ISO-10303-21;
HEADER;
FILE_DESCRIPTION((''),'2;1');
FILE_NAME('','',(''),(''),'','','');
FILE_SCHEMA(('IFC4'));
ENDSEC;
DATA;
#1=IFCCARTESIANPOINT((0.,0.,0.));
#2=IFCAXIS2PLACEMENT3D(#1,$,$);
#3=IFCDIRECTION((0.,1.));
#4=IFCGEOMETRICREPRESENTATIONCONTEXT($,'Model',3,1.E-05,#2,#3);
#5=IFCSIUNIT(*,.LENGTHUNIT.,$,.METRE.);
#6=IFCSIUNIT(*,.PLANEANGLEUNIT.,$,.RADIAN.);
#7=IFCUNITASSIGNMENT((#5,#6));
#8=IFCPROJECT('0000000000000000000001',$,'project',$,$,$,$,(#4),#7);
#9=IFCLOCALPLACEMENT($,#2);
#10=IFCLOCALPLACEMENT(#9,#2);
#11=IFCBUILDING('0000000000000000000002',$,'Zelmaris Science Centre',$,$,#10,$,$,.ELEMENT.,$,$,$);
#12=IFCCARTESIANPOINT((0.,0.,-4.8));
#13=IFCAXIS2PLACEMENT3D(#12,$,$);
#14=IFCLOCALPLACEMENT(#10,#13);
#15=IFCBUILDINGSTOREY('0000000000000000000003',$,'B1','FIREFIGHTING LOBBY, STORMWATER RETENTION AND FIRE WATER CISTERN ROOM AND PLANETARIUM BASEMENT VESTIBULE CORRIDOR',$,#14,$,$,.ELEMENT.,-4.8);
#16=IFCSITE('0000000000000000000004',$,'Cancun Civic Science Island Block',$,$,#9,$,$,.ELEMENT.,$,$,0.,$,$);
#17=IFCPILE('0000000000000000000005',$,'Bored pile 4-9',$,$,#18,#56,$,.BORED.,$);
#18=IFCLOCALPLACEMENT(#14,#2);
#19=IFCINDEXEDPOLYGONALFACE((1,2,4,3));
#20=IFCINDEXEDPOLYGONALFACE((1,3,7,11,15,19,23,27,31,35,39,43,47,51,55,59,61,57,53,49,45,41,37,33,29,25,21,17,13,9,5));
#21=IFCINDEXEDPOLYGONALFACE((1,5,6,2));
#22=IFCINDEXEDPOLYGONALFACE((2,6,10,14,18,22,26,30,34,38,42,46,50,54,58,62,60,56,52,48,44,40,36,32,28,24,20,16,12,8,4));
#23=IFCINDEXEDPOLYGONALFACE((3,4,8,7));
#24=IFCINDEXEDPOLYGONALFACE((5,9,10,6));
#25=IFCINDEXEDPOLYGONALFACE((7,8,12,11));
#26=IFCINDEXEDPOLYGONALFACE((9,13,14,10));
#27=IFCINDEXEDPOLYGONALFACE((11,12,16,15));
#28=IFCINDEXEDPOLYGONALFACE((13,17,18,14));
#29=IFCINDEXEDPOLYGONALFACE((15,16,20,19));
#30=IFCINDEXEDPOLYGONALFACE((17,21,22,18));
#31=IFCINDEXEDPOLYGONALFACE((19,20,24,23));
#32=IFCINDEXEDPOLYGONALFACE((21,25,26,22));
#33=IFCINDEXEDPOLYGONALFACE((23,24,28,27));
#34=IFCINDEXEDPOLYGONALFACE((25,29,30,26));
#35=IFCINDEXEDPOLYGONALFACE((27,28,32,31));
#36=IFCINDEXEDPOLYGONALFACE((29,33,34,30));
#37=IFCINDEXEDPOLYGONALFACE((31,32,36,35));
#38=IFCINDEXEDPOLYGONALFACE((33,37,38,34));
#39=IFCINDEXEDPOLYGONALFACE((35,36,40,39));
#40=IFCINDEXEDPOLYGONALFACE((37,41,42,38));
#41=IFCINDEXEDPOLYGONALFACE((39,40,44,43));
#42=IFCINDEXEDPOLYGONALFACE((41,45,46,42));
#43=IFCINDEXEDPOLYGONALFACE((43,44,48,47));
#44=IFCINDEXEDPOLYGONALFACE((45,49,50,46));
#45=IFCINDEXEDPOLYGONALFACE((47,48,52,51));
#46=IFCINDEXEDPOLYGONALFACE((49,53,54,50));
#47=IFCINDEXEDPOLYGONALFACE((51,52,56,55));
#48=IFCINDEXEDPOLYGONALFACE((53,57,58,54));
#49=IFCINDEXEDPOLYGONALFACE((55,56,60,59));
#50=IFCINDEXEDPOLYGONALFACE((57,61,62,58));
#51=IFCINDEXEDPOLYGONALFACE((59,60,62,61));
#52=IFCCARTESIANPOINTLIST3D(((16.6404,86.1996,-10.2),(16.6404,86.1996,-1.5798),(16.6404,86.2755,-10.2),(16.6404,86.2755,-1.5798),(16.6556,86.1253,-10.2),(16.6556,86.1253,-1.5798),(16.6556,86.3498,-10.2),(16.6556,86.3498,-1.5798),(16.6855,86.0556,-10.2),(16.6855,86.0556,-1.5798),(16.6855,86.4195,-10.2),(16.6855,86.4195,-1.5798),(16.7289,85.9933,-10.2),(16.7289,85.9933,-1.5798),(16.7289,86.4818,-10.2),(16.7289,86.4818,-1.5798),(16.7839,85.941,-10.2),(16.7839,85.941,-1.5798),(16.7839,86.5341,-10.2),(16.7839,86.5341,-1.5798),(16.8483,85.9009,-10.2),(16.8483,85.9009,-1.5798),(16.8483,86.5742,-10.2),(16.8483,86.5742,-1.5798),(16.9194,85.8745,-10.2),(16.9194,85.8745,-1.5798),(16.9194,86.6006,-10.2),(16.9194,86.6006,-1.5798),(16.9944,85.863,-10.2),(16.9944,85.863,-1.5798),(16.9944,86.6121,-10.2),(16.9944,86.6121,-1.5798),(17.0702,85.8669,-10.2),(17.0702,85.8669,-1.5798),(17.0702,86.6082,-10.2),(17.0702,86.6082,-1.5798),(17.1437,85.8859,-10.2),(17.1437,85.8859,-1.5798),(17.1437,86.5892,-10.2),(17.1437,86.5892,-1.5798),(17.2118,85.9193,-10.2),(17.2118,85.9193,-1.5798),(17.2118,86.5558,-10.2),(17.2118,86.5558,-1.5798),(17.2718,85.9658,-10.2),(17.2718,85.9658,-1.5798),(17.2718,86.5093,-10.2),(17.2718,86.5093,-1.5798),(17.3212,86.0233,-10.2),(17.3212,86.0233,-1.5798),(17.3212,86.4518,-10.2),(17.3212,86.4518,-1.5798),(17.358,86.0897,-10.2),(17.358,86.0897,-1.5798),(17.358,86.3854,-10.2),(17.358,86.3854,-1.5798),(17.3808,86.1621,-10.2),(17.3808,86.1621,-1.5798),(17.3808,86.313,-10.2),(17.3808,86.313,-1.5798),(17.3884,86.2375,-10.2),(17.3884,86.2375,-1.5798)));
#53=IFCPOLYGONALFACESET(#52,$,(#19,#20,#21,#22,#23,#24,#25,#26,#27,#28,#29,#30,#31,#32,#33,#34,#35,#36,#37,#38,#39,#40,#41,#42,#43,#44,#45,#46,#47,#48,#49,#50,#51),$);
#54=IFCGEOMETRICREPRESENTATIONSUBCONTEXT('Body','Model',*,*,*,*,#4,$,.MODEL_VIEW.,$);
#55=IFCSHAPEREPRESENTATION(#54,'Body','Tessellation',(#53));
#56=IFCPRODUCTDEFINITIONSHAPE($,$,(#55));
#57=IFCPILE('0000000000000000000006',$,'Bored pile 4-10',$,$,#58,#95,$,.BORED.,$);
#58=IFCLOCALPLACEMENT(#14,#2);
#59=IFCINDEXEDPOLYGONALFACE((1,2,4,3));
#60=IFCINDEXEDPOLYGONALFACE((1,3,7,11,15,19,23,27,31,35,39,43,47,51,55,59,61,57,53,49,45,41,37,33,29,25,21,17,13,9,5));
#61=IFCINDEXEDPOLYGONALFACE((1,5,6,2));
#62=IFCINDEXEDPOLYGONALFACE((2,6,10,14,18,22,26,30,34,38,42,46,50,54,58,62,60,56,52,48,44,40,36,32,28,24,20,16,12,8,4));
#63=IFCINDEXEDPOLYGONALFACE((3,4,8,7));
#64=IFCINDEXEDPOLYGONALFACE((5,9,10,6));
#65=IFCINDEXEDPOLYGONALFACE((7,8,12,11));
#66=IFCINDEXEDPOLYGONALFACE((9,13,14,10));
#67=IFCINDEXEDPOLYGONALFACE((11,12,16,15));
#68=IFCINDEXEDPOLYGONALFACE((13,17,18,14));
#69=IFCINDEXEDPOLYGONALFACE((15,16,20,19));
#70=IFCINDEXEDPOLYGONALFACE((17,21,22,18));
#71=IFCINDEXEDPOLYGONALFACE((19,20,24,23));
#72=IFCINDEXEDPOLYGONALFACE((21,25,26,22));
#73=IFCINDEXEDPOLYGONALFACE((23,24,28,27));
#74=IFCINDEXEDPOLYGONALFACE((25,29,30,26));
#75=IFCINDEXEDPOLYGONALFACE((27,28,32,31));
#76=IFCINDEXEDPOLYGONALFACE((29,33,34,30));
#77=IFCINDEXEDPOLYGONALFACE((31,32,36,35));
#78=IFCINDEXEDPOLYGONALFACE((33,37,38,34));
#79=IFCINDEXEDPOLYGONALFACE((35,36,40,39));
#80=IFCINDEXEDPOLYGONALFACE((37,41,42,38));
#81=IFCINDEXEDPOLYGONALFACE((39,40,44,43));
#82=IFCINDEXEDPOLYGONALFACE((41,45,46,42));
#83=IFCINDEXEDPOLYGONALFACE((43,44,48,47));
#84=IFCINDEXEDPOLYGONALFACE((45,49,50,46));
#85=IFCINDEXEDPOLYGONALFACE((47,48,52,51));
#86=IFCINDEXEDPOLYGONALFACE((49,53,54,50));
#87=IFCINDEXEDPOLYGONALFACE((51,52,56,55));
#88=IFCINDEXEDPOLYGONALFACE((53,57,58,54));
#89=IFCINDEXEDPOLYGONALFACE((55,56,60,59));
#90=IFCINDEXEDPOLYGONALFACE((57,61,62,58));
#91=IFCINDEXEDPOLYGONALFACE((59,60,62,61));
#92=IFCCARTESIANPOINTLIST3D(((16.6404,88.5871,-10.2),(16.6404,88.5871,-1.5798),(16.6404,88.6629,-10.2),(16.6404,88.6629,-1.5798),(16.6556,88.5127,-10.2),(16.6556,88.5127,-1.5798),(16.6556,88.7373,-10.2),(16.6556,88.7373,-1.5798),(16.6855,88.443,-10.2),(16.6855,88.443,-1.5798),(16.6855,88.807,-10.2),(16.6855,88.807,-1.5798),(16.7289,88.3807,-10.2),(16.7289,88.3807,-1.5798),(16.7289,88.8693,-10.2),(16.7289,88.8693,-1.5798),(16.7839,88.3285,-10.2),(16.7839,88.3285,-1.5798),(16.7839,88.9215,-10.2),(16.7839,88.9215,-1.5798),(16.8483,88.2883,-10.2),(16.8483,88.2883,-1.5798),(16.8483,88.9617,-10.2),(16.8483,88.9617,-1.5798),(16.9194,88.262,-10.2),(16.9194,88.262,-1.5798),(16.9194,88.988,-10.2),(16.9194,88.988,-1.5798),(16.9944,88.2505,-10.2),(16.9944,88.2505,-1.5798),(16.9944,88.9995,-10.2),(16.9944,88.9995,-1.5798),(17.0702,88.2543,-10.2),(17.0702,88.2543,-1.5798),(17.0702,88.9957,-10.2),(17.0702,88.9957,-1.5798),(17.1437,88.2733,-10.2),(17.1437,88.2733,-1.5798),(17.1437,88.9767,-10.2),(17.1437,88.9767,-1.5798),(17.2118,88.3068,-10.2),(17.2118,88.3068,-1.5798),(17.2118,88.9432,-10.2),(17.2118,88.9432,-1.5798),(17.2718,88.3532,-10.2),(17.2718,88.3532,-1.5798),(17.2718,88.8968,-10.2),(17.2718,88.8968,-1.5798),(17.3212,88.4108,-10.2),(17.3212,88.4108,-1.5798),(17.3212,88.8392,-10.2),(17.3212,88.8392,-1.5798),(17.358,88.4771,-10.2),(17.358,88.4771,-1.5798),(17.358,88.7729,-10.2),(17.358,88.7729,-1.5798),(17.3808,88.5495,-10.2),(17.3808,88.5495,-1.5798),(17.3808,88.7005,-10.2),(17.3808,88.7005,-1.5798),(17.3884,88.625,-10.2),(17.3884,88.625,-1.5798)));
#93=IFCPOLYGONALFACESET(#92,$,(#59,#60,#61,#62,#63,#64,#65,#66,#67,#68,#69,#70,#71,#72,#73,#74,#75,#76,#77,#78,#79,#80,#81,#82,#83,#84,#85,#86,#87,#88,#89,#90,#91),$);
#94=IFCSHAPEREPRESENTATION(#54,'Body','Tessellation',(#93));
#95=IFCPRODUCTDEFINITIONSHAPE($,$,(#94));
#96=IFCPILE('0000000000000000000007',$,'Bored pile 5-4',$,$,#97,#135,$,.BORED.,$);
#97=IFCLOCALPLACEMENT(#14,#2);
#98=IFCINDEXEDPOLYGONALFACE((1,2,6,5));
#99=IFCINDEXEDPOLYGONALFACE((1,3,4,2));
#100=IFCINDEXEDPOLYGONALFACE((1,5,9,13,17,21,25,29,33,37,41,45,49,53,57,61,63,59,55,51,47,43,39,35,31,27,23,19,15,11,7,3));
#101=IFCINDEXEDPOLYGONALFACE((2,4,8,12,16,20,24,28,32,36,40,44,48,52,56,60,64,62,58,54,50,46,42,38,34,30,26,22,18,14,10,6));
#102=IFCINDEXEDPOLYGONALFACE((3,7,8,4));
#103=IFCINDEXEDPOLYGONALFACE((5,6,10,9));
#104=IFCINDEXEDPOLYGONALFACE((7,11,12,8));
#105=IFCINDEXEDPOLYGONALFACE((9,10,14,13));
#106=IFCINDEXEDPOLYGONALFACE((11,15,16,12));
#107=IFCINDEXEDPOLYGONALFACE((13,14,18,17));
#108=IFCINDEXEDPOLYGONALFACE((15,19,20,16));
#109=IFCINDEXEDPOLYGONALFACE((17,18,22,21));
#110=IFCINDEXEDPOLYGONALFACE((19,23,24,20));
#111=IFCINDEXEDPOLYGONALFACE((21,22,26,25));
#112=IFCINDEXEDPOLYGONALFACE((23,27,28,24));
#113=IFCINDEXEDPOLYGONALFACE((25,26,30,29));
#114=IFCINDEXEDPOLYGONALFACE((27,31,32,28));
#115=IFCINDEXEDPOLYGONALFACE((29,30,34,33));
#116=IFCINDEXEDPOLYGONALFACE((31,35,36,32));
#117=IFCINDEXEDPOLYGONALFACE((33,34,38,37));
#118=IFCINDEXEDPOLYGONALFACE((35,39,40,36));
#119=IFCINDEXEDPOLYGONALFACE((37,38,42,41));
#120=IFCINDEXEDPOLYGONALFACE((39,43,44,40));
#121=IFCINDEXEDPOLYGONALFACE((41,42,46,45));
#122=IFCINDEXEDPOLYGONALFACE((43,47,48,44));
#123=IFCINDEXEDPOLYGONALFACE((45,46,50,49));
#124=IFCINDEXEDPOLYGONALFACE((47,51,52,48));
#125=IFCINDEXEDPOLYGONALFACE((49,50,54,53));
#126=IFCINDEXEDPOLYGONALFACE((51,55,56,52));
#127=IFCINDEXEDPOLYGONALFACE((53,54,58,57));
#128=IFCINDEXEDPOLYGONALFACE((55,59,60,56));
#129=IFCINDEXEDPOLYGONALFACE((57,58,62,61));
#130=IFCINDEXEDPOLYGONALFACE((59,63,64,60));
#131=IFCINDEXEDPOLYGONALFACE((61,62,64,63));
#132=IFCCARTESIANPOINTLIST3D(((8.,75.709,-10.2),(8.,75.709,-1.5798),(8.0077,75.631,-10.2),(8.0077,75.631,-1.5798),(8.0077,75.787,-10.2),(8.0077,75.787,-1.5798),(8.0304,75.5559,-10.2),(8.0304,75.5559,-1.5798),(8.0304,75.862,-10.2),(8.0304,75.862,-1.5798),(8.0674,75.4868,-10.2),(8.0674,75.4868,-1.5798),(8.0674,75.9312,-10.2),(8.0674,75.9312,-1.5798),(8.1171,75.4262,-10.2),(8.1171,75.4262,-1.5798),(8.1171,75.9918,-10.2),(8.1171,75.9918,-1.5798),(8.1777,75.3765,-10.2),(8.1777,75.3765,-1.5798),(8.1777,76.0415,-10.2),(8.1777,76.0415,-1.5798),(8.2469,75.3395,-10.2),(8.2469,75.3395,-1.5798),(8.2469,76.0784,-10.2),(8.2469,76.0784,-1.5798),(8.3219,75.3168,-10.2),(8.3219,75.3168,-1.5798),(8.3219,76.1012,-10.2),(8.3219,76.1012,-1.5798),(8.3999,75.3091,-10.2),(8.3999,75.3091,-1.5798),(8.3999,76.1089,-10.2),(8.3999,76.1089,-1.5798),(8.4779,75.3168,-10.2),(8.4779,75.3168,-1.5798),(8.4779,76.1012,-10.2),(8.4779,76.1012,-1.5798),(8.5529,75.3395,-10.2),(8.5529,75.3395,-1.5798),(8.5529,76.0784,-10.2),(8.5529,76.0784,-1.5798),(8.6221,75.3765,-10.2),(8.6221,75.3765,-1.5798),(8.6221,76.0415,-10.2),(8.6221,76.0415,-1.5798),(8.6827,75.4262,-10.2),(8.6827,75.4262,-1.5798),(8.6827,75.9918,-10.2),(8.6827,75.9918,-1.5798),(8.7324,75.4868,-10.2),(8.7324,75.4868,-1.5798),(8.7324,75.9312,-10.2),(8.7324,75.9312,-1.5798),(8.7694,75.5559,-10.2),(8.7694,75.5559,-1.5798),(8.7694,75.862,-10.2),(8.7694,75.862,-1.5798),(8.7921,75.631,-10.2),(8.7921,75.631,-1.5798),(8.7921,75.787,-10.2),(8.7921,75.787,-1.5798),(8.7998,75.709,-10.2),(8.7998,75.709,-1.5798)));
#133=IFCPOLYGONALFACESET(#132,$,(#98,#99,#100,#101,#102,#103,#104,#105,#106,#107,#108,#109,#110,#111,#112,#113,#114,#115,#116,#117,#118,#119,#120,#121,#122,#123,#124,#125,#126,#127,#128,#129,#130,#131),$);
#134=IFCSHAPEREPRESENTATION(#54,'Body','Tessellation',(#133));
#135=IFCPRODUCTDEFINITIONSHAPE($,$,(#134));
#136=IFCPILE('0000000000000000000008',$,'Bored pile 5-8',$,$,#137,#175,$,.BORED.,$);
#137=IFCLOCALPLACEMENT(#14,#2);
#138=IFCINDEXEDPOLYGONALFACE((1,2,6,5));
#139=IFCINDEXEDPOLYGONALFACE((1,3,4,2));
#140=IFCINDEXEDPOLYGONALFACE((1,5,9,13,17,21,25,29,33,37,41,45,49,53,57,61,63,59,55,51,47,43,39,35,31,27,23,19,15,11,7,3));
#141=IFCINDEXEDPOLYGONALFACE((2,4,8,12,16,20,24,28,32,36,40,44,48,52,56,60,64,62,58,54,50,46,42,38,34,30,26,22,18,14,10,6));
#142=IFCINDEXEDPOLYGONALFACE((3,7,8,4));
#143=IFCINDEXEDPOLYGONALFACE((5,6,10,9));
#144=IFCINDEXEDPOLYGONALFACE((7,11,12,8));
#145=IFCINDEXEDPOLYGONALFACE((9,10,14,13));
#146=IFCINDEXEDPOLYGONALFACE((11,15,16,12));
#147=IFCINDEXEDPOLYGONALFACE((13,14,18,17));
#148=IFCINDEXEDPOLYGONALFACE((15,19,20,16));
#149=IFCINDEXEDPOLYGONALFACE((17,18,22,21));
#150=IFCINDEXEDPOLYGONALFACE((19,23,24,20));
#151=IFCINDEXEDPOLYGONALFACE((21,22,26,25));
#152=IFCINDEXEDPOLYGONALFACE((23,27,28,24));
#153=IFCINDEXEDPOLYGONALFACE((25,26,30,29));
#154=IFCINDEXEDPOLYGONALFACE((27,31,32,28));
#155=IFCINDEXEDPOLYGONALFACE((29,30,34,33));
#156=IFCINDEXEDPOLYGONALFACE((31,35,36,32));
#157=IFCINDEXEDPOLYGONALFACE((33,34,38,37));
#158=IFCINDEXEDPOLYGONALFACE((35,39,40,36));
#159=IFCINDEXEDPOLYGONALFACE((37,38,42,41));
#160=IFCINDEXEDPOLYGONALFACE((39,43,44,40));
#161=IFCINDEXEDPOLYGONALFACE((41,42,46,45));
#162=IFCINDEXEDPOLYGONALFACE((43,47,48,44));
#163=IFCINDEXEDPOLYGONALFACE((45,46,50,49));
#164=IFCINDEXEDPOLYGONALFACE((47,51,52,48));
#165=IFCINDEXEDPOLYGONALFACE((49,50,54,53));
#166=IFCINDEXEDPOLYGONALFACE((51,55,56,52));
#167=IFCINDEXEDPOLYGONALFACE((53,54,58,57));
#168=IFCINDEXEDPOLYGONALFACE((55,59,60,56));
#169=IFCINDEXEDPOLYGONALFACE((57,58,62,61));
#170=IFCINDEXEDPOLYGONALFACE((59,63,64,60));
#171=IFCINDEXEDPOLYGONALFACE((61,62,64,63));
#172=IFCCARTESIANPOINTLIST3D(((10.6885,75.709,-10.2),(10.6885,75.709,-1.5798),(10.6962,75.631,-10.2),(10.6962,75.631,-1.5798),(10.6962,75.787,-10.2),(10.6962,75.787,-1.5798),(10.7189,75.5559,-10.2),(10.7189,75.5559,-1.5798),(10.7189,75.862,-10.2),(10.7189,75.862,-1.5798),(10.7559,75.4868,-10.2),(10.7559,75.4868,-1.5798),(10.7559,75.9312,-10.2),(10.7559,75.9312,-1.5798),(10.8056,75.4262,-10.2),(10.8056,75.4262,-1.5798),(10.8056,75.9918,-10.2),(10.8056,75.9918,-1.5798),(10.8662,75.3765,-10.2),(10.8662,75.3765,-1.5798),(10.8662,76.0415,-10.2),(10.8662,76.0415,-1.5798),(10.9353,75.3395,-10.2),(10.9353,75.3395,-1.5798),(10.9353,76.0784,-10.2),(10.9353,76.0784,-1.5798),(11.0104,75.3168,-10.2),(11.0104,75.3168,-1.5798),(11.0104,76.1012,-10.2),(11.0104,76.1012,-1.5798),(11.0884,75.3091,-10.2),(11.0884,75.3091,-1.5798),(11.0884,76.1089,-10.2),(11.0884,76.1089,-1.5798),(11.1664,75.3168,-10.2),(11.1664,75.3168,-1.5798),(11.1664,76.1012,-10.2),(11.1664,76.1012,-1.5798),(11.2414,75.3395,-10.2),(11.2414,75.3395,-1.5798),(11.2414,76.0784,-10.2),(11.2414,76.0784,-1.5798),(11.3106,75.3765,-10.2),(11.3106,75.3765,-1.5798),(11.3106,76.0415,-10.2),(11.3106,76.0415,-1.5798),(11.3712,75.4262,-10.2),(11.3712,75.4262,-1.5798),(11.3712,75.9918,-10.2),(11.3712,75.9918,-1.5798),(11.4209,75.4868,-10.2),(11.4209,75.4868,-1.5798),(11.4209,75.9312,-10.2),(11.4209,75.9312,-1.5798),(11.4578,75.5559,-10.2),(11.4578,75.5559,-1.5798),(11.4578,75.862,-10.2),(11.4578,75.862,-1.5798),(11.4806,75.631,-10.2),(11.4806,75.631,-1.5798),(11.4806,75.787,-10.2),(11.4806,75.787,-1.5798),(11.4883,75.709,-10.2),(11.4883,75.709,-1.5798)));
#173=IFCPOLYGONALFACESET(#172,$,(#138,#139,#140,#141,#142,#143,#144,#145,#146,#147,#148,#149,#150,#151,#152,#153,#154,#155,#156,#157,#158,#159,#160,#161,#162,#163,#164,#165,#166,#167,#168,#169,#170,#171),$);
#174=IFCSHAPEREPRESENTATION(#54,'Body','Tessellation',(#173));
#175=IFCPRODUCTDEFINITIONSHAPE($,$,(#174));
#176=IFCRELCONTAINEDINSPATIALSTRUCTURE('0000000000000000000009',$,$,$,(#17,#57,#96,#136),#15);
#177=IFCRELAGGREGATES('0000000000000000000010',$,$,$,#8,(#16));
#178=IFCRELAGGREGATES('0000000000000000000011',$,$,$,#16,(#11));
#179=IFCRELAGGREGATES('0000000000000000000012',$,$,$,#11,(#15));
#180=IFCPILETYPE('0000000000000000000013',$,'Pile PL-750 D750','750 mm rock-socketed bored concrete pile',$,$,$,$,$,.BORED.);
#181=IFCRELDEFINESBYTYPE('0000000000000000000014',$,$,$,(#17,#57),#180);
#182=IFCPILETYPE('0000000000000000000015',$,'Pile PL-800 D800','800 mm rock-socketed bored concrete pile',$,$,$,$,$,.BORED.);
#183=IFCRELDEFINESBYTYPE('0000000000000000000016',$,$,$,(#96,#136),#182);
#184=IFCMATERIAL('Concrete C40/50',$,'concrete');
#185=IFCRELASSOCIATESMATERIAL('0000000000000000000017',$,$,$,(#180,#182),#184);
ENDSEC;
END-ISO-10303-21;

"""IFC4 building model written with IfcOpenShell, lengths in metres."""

from ifc_helpers import new_model, si_unit, direction, frame, origin, origin_2d, place, context, subcontext, project, spatial, circle, extrude, material, material_profile, profile_set, type_object, element, save


model = new_model("IFC4")

# Units and contexts
model_context = context("Model", 3, precision=1e-05, world=origin(), true_north=direction((0.0, 1.0)))
body_context = subcontext(model_context, "Body", "Model", "MODEL_VIEW")
ifc_project = project(units=[si_unit("LENGTHUNIT", "METRE"), si_unit("PLANEANGLEUNIT", "RADIAN")], contexts=[model_context])

# Site, building, storey
site_placement = place(None, origin())
site = spatial("IfcSite", under=ifc_project, at=site_placement, Name="Cancun Civic Science Island Block", CompositionType="ELEMENT", RefElevation=0.0)
building_placement = place(site_placement, origin())
building = spatial("IfcBuilding", under=site, at=building_placement, Name="Zelmaris Science Centre", CompositionType="ELEMENT")
storey_placement = place(building_placement, frame((0.0, 0.0, -4.8)))
storey = spatial("IfcBuildingStorey", under=building, at=storey_placement, Name="B1", Description="FIREFIGHTING LOBBY, STORMWATER RETENTION AND FIRE WATER CISTERN ROOM AND PLANETARIUM BASEMENT VESTIBULE CORRIDOR", CompositionType="ELEMENT", Elevation=-4.8)

# Shared definitions
ifc_material_1 = material(Name="Concrete C40/50", Category="concrete")

# Piles
ifc_material_profile_1 = material_profile(ifc_material_1, circle(Radius=0.375, at=origin_2d()), Name="PILE-750")
ifc_profile_set_1 = profile_set([ifc_material_profile_1], Name="Concrete C40/50")
pile_type_1 = type_object("IfcPileType", Name="Pile PL-750 D750", Description="750 mm rock-socketed bored concrete pile", PredefinedType="BORED", material=ifc_profile_set_1)
for number, where, z_axis, x_axis, name in (
    (1, (17.0134, 86.2375, -1.5798), (0.0, 0.0, -1.0), (1.0, 0.0, 0.0), "Bored pile 4-9"),
    (2, (17.0134, 88.625, -1.5798), (0.0, 0.0, -1.0), (1.0, 0.0, 0.0), "Bored pile 4-10"),
):
    element("IfcPile", number, at=place(storey_placement, frame(where, z_axis=z_axis, x_axis=x_axis)), inside=storey, type_object=pile_type_1, Name=name, PredefinedType="BORED", context=body_context, shape_type="SweptSolid", body=[
        extrude(circle(Radius=0.375, at=origin_2d()), origin(), (0.0, 0.0, 1.0), 8.6201),
    ])
ifc_material_profile_2 = material_profile(ifc_material_1, circle(Radius=0.3999, at=origin_2d()), Name="PILE-800")
ifc_profile_set_2 = profile_set([ifc_material_profile_2], Name="Concrete C40/50")
pile_type_2 = type_object("IfcPileType", Name="Pile PL-800 D800", Description="800 mm rock-socketed bored concrete pile", PredefinedType="BORED", material=ifc_profile_set_2)
for number, where, z_axis, x_axis, name in (
    (3, (8.3999, 75.709, -1.5798), (0.0, 0.0, -1.0), (1.0, 0.0, 0.0), "Bored pile 5-4"),
    (4, (11.0884, 75.709, -1.5798), (0.0, 0.0, -1.0), (1.0, 0.0, 0.0), "Bored pile 5-8"),
):
    element("IfcPile", number, at=place(storey_placement, frame(where, z_axis=z_axis, x_axis=x_axis)), inside=storey, type_object=pile_type_2, Name=name, PredefinedType="BORED", context=body_context, shape_type="SweptSolid", body=[
        extrude(circle(Radius=0.3999, at=origin_2d()), origin(), (0.0, 0.0, 1.0), 8.6201),
    ])

save(model, "model.ifc")
